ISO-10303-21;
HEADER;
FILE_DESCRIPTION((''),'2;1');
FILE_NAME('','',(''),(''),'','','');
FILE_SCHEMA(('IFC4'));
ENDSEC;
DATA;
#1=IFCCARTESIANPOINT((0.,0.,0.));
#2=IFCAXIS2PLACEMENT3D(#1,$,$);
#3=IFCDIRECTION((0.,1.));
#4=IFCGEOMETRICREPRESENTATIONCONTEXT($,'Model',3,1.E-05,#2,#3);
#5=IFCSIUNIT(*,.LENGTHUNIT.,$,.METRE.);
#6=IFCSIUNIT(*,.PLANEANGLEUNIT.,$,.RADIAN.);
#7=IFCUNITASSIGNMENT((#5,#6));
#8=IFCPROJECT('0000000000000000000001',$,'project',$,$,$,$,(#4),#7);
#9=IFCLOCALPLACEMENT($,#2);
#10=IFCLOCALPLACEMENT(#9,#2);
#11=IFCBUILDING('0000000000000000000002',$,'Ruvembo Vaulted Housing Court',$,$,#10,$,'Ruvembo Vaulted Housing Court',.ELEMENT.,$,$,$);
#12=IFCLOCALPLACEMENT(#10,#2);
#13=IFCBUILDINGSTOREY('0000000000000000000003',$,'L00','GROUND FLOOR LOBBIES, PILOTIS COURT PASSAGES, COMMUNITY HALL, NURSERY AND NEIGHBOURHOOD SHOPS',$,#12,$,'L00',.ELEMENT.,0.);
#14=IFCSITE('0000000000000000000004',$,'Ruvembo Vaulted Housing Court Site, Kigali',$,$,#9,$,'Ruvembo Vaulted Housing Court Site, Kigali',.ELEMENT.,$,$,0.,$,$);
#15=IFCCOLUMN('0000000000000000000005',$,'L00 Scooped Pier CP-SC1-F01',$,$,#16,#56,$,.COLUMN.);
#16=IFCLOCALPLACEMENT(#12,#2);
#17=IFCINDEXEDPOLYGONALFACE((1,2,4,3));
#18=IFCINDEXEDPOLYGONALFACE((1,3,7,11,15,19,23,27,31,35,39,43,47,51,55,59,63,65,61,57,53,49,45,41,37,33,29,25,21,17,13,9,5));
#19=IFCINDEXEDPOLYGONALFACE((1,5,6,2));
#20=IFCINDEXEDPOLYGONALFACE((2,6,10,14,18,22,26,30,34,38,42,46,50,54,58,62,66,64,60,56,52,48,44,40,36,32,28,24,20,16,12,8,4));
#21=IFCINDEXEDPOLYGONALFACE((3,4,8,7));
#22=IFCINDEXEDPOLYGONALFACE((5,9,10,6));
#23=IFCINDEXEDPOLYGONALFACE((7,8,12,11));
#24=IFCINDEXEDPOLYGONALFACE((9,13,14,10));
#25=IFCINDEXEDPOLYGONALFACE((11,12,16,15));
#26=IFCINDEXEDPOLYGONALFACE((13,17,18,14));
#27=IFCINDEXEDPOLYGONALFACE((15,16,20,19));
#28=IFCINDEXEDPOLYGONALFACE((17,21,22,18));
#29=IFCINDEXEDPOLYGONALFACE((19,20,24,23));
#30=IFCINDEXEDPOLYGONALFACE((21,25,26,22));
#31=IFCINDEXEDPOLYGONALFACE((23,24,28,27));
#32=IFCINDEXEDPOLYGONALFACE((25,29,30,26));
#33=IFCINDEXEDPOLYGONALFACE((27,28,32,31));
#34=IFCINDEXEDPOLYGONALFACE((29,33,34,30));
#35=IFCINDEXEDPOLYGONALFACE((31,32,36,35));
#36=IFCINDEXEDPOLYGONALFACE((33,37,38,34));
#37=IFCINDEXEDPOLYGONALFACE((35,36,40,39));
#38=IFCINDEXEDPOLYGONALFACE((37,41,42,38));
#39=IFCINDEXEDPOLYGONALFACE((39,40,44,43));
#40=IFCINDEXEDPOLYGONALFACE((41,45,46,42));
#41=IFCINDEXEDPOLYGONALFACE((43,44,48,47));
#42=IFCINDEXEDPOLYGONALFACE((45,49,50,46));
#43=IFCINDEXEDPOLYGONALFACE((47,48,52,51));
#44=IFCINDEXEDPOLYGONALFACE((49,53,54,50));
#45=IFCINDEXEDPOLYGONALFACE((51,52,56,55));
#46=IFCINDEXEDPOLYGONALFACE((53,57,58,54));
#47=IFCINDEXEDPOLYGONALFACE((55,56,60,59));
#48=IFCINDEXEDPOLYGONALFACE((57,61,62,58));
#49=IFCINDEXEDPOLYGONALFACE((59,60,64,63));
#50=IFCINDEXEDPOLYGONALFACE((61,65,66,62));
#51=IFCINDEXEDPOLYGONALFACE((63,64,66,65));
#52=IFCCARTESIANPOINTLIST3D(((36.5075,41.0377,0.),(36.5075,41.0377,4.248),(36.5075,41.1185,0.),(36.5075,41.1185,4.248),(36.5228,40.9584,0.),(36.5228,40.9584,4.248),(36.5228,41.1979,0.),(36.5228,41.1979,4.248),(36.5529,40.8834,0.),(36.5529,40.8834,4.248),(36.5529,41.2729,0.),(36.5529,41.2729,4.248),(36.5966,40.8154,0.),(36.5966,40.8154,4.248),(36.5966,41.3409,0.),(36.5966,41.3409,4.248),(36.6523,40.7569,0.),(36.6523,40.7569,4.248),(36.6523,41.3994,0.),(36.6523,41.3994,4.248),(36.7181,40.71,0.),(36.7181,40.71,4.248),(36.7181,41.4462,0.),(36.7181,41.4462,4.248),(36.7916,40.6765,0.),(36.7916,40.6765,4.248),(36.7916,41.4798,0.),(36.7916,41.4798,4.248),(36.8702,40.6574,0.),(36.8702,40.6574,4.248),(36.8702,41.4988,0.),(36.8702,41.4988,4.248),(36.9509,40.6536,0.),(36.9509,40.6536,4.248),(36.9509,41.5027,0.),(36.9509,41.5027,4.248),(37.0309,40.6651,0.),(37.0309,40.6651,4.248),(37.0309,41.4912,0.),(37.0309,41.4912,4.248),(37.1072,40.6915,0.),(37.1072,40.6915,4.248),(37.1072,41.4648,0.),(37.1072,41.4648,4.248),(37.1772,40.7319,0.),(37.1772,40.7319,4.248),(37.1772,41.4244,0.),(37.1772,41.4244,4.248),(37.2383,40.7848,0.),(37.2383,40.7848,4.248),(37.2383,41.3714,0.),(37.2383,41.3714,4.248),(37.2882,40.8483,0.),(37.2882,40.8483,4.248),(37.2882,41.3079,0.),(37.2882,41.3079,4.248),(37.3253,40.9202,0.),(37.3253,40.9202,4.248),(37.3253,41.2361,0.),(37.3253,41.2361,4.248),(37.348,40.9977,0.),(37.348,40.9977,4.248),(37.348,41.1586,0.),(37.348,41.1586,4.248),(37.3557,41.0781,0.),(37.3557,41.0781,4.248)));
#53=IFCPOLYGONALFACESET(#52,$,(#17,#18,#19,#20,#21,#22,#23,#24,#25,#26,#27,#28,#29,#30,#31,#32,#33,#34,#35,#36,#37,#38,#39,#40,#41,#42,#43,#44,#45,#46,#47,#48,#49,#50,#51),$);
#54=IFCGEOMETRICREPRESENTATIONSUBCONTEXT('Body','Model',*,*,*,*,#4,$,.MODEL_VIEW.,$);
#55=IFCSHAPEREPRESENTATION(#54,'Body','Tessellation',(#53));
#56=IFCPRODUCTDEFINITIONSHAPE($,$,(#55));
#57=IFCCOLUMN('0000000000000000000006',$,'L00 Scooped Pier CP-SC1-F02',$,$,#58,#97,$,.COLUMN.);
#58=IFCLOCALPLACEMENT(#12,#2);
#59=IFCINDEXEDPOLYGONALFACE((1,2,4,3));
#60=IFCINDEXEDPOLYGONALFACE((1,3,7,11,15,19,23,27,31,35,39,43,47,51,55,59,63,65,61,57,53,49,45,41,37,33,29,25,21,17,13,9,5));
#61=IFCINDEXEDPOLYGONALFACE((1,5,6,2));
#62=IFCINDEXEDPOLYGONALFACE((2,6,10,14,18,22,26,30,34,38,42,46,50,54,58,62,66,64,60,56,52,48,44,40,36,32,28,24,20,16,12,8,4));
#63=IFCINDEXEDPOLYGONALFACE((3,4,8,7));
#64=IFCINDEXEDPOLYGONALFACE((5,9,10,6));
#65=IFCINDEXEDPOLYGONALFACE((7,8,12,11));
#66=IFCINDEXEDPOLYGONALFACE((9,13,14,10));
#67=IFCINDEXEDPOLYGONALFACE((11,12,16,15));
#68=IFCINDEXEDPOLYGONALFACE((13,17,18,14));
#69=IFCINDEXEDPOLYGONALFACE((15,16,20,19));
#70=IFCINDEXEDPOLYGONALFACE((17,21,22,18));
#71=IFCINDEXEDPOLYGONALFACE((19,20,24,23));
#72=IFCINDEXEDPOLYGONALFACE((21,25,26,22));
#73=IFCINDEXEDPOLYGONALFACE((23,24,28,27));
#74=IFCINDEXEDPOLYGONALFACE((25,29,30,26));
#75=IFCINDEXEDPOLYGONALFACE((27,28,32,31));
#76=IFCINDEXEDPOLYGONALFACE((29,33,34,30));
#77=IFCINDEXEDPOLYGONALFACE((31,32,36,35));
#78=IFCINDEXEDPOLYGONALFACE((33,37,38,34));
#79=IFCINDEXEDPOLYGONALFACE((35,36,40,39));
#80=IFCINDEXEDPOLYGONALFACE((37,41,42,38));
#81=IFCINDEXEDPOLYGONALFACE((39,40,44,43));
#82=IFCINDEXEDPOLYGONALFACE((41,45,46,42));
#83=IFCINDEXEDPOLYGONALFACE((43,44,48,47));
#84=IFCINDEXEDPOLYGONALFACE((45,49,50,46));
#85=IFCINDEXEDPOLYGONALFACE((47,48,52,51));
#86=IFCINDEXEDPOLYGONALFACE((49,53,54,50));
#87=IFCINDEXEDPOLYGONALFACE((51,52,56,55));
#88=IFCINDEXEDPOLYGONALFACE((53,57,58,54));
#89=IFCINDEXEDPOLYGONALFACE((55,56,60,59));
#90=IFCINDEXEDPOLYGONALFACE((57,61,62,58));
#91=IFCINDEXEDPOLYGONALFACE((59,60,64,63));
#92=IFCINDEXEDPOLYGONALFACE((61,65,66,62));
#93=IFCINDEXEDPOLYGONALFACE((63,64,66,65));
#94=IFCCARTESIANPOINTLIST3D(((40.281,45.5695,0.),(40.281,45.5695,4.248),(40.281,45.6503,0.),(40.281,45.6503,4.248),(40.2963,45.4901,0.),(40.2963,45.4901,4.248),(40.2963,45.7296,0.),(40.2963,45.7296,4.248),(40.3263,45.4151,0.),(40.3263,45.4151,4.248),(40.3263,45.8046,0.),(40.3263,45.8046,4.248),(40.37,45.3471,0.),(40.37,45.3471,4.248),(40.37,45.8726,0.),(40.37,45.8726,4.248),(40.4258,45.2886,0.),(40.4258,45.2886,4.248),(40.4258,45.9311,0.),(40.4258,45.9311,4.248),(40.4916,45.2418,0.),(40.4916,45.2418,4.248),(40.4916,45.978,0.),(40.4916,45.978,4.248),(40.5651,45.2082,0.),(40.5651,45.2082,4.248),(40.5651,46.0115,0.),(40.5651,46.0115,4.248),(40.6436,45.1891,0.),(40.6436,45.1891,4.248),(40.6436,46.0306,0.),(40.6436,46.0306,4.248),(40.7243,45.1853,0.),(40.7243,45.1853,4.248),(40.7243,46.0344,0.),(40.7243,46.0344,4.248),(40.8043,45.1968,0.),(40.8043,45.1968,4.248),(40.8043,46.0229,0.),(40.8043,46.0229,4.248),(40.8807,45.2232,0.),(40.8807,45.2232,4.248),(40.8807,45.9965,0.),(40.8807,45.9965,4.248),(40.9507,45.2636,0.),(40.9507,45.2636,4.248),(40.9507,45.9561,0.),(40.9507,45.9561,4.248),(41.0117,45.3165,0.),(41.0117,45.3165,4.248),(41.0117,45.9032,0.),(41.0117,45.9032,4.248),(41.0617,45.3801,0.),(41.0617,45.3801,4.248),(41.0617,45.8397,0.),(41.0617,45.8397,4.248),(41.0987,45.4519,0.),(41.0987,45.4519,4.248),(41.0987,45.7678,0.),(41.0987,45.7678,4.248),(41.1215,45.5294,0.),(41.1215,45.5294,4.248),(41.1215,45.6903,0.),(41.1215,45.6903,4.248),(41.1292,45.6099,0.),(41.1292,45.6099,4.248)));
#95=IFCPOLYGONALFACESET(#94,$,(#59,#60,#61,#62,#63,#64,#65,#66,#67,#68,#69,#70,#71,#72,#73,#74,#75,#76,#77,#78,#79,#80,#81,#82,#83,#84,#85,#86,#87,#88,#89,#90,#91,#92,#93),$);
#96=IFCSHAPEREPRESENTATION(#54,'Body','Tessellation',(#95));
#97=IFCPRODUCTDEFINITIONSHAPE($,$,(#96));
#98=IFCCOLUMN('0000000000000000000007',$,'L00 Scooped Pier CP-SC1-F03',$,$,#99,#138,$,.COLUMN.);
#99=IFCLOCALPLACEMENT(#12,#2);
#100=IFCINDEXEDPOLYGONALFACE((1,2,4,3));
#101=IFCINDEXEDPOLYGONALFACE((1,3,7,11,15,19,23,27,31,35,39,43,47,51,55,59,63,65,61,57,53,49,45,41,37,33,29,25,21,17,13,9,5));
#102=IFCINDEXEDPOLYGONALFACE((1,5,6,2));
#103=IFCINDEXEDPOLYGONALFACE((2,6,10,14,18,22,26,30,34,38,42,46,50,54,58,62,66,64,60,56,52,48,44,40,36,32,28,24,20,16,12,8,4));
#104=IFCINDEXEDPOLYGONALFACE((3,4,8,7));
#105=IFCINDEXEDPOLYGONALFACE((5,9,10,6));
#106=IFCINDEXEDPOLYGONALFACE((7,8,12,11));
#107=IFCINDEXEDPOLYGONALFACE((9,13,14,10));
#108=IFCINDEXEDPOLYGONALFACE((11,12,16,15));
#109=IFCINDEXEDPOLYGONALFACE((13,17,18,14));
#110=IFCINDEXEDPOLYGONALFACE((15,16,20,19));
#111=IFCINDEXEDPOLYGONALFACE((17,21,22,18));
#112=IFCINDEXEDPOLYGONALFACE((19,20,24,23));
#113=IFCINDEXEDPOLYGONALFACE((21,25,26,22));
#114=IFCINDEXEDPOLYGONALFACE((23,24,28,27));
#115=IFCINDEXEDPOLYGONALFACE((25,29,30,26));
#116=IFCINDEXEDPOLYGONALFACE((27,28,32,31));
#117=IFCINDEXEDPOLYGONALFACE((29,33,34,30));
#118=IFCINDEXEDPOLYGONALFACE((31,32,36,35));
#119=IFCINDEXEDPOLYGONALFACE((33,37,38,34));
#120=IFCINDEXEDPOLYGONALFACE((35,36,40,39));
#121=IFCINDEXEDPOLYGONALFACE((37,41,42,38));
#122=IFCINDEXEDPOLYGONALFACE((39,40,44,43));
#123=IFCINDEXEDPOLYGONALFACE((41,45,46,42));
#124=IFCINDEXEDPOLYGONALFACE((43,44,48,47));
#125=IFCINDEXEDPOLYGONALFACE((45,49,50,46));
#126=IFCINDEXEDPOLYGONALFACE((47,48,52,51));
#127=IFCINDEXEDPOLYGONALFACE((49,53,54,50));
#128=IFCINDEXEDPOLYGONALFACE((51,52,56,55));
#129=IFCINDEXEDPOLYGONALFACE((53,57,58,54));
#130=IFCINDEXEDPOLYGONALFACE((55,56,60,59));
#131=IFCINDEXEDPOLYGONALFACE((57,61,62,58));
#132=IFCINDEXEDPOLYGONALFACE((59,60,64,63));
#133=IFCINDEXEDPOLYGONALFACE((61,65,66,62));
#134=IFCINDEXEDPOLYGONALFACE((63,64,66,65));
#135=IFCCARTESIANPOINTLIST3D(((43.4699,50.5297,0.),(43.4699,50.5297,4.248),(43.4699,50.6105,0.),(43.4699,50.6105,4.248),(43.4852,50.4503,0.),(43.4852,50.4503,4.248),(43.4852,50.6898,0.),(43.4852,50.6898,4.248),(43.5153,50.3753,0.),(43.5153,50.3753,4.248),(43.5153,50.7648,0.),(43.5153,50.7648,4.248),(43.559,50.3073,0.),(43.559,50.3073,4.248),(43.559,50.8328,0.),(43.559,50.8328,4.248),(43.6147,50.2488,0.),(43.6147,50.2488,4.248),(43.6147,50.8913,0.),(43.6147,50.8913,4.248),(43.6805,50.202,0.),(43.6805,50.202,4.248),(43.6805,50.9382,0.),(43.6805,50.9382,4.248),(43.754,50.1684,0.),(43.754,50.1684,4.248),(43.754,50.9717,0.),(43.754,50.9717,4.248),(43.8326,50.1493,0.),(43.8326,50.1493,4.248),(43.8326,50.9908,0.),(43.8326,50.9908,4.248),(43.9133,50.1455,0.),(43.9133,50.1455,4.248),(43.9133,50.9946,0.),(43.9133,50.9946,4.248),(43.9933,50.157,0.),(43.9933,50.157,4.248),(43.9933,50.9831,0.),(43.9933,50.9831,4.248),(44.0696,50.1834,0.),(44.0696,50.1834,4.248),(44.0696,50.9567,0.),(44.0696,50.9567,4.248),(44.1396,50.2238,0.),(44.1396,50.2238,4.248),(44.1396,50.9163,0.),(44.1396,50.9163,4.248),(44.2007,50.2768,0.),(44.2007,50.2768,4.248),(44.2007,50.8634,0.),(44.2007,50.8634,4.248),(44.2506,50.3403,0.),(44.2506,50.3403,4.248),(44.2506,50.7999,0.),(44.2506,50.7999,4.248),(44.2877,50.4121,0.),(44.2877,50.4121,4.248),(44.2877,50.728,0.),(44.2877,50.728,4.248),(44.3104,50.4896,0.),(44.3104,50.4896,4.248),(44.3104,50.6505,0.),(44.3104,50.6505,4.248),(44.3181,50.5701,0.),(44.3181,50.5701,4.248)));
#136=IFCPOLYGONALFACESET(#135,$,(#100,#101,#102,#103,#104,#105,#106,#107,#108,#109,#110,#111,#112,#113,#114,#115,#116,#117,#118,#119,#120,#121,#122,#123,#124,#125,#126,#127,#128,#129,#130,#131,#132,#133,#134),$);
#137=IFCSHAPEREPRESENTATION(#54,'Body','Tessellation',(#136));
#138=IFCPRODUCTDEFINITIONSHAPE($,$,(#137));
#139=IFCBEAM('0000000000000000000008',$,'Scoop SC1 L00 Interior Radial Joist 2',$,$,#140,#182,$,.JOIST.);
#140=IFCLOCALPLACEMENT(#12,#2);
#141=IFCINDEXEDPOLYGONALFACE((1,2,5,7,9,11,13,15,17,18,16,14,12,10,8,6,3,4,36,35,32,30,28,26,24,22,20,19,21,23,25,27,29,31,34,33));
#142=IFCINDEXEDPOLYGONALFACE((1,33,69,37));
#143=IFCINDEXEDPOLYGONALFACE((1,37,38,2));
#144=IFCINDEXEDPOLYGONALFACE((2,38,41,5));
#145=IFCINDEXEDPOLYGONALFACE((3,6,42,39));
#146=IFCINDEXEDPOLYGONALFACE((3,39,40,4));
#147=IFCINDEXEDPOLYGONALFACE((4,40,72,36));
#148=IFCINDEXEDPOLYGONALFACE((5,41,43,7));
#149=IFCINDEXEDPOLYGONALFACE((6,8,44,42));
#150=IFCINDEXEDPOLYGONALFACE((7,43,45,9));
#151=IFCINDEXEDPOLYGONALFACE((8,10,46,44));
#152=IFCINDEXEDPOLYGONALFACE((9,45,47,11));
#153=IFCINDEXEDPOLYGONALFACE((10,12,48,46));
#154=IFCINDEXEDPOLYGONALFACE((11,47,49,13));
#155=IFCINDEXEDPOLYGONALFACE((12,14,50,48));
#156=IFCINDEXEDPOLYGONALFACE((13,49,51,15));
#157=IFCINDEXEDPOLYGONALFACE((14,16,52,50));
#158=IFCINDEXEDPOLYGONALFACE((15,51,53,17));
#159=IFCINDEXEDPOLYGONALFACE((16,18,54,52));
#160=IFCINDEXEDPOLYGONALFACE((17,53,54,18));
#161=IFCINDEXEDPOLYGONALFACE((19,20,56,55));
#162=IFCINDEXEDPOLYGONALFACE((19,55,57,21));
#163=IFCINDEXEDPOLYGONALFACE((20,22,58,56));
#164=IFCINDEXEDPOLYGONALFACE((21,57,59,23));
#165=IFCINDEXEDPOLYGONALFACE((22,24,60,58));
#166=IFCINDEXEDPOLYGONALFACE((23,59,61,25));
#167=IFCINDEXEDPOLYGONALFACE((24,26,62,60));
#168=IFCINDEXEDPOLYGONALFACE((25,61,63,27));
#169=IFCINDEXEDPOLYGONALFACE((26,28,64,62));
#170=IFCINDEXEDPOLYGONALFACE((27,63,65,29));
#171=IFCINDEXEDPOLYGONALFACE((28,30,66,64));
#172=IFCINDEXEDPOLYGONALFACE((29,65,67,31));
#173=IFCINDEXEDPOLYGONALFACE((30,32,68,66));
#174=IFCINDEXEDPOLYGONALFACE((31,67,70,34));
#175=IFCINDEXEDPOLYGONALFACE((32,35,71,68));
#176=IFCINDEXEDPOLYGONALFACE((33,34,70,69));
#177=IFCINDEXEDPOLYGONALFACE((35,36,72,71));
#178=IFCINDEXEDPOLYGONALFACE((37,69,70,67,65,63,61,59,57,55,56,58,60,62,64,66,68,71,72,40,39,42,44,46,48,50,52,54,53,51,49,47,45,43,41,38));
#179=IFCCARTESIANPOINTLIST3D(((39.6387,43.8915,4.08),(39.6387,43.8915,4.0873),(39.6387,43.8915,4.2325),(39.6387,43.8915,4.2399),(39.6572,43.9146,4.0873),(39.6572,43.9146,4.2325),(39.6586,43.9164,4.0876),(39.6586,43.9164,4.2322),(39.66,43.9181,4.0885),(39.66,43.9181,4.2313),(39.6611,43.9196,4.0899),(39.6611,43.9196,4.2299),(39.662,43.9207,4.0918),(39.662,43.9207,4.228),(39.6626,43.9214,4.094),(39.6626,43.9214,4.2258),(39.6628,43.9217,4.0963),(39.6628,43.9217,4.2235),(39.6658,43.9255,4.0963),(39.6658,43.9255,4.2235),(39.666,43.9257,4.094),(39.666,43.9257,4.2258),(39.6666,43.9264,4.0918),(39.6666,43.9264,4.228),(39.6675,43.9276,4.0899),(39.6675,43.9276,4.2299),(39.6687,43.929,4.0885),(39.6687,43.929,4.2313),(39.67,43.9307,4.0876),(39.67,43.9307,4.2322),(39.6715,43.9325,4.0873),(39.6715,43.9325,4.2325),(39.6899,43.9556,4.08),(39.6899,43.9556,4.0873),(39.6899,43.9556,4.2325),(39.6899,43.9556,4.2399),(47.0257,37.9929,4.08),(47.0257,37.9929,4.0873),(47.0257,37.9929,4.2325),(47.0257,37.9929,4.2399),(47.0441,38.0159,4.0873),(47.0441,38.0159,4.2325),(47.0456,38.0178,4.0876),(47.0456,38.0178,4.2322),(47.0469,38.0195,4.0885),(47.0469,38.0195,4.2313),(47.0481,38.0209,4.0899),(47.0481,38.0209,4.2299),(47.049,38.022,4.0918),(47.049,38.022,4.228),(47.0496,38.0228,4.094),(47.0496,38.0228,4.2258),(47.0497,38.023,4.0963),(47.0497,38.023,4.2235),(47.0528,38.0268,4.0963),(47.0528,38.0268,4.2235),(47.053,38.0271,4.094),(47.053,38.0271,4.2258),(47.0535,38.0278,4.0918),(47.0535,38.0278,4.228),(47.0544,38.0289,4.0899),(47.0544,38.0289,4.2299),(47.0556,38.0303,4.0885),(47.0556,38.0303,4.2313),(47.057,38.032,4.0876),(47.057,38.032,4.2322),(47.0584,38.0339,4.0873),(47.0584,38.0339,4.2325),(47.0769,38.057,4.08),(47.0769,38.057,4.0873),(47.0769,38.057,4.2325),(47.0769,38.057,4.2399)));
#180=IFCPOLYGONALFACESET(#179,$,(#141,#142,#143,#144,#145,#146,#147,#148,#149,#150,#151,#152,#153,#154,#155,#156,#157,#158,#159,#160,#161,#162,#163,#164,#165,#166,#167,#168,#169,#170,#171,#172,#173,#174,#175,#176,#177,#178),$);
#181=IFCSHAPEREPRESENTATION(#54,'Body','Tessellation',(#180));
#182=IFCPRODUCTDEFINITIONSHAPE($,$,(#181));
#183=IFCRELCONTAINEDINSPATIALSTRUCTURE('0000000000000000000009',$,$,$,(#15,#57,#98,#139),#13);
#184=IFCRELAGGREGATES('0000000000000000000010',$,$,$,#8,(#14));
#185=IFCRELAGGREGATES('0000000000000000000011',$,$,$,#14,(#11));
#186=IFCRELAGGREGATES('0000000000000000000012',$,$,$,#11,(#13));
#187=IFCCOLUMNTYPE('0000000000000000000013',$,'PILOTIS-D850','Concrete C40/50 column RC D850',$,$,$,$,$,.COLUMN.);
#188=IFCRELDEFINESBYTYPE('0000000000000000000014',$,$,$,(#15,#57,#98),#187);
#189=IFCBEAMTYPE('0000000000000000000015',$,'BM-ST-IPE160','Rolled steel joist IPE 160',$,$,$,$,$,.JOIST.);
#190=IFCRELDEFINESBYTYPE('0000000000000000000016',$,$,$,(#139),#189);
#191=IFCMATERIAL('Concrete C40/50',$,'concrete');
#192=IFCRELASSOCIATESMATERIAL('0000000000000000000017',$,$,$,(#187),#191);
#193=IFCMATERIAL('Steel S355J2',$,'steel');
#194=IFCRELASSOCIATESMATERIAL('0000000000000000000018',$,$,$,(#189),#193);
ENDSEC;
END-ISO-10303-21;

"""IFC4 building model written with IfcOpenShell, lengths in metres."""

from ifc_helpers import new_model, si_unit, direction, frame, origin, origin_2d, place, context, subcontext, project, spatial, circle, i_section, extrude, material, material_profile, profile_set, type_object, element, save


model = new_model("IFC4")

# Units and contexts
model_context = context("Model", 3, precision=1e-05, world=origin(), true_north=direction((0.0, 1.0)))
body_context = subcontext(model_context, "Body", "Model", "MODEL_VIEW")
ifc_project = project(units=[si_unit("LENGTHUNIT", "METRE"), si_unit("PLANEANGLEUNIT", "RADIAN")], contexts=[model_context])

# Site, building, storey
site_placement = place(None, origin())
site = spatial("IfcSite", under=ifc_project, at=site_placement, Name="Ruvembo Vaulted Housing Court Site, Kigali", LongName="Ruvembo Vaulted Housing Court Site, Kigali", CompositionType="ELEMENT", RefElevation=0.0)
building_placement = place(site_placement, origin())
building = spatial("IfcBuilding", under=site, at=building_placement, Name="Ruvembo Vaulted Housing Court", LongName="Ruvembo Vaulted Housing Court", CompositionType="ELEMENT")
storey_placement = place(building_placement, origin())
storey = spatial("IfcBuildingStorey", under=building, at=storey_placement, Name="L00", Description="GROUND FLOOR LOBBIES, PILOTIS COURT PASSAGES, COMMUNITY HALL, NURSERY AND NEIGHBOURHOOD SHOPS", LongName="L00", CompositionType="ELEMENT", Elevation=0.0)

# Columns
ifc_material_1 = material(Name="Concrete C40/50", Category="concrete")
ifc_material_profile_1 = material_profile(ifc_material_1, circle(Radius=0.425, at=origin_2d()), Name="RC D850")
ifc_profile_set_1 = profile_set([ifc_material_profile_1], Name="Concrete C40/50")
column_type_1 = type_object("IfcColumnType", Name="PILOTIS-D850", Description="Concrete C40/50 column RC D850", PredefinedType="COLUMN", material=ifc_profile_set_1)
for number, where, z_axis, x_axis, name in (
    (1, (36.9307, 41.0781, 0.0), (0.0, 0.0, 1.0), (1.0, 0.0, 0.0), "L00 Scooped Pier CP-SC1-F01"),
    (2, (40.7041, 45.6099, 0.0), (0.0, 0.0, 1.0), (1.0, 0.0, 0.0), "L00 Scooped Pier CP-SC1-F02"),
    (3, (43.8931, 50.5701, 0.0), (0.0, 0.0, 1.0), (1.0, 0.0, 0.0), "L00 Scooped Pier CP-SC1-F03"),
):
    element("IfcColumn", number, at=place(storey_placement, frame(where, z_axis=z_axis, x_axis=x_axis)), inside=storey, type_object=column_type_1, Name=name, PredefinedType="COLUMN", context=body_context, shape_type="SweptSolid", body=[
        extrude(circle(Radius=0.425, at=origin_2d()), origin(), (0.0, 0.0, 1.0), 4.248),
    ])

# Beam
ifc_material_2 = material(Name="Steel S355J2", Category="steel")
ifc_material_profile_2 = material_profile(ifc_material_2, i_section(OverallWidth=0.082, OverallDepth=0.1599, WebThickness=0.0049, FlangeThickness=0.0073, FilletRadius=0.009, at=origin_2d()), Name="IPE 160")
ifc_profile_set_2 = profile_set([ifc_material_profile_2], Name="Steel S355J2")
beam_type_1 = type_object("IfcBeamType", Name="BM-ST-IPE160", Description="Rolled steel joist IPE 160", PredefinedType="JOIST", material=ifc_profile_set_2)
beam_1_placement = place(storey_placement, frame((47.0513, 38.0249, 4.1599), z_axis=(-0.78143, 0.623992, 0.0), x_axis=(-0.623992, -0.78143, 0.0)))
element("IfcBeam", 4, at=beam_1_placement, inside=storey, type_object=beam_type_1, Name="Scoop SC1 L00 Interior Radial Joist 2", PredefinedType="JOIST", context=body_context, shape_type="SweptSolid", body=[
    extrude(i_section(OverallWidth=0.082, OverallDepth=0.1599, WebThickness=0.0049, FlangeThickness=0.0073, FilletRadius=0.009, at=origin_2d()), origin(), (0.0, 0.0, 1.0), 9.4531),
])

save(model, "model.ifc")
